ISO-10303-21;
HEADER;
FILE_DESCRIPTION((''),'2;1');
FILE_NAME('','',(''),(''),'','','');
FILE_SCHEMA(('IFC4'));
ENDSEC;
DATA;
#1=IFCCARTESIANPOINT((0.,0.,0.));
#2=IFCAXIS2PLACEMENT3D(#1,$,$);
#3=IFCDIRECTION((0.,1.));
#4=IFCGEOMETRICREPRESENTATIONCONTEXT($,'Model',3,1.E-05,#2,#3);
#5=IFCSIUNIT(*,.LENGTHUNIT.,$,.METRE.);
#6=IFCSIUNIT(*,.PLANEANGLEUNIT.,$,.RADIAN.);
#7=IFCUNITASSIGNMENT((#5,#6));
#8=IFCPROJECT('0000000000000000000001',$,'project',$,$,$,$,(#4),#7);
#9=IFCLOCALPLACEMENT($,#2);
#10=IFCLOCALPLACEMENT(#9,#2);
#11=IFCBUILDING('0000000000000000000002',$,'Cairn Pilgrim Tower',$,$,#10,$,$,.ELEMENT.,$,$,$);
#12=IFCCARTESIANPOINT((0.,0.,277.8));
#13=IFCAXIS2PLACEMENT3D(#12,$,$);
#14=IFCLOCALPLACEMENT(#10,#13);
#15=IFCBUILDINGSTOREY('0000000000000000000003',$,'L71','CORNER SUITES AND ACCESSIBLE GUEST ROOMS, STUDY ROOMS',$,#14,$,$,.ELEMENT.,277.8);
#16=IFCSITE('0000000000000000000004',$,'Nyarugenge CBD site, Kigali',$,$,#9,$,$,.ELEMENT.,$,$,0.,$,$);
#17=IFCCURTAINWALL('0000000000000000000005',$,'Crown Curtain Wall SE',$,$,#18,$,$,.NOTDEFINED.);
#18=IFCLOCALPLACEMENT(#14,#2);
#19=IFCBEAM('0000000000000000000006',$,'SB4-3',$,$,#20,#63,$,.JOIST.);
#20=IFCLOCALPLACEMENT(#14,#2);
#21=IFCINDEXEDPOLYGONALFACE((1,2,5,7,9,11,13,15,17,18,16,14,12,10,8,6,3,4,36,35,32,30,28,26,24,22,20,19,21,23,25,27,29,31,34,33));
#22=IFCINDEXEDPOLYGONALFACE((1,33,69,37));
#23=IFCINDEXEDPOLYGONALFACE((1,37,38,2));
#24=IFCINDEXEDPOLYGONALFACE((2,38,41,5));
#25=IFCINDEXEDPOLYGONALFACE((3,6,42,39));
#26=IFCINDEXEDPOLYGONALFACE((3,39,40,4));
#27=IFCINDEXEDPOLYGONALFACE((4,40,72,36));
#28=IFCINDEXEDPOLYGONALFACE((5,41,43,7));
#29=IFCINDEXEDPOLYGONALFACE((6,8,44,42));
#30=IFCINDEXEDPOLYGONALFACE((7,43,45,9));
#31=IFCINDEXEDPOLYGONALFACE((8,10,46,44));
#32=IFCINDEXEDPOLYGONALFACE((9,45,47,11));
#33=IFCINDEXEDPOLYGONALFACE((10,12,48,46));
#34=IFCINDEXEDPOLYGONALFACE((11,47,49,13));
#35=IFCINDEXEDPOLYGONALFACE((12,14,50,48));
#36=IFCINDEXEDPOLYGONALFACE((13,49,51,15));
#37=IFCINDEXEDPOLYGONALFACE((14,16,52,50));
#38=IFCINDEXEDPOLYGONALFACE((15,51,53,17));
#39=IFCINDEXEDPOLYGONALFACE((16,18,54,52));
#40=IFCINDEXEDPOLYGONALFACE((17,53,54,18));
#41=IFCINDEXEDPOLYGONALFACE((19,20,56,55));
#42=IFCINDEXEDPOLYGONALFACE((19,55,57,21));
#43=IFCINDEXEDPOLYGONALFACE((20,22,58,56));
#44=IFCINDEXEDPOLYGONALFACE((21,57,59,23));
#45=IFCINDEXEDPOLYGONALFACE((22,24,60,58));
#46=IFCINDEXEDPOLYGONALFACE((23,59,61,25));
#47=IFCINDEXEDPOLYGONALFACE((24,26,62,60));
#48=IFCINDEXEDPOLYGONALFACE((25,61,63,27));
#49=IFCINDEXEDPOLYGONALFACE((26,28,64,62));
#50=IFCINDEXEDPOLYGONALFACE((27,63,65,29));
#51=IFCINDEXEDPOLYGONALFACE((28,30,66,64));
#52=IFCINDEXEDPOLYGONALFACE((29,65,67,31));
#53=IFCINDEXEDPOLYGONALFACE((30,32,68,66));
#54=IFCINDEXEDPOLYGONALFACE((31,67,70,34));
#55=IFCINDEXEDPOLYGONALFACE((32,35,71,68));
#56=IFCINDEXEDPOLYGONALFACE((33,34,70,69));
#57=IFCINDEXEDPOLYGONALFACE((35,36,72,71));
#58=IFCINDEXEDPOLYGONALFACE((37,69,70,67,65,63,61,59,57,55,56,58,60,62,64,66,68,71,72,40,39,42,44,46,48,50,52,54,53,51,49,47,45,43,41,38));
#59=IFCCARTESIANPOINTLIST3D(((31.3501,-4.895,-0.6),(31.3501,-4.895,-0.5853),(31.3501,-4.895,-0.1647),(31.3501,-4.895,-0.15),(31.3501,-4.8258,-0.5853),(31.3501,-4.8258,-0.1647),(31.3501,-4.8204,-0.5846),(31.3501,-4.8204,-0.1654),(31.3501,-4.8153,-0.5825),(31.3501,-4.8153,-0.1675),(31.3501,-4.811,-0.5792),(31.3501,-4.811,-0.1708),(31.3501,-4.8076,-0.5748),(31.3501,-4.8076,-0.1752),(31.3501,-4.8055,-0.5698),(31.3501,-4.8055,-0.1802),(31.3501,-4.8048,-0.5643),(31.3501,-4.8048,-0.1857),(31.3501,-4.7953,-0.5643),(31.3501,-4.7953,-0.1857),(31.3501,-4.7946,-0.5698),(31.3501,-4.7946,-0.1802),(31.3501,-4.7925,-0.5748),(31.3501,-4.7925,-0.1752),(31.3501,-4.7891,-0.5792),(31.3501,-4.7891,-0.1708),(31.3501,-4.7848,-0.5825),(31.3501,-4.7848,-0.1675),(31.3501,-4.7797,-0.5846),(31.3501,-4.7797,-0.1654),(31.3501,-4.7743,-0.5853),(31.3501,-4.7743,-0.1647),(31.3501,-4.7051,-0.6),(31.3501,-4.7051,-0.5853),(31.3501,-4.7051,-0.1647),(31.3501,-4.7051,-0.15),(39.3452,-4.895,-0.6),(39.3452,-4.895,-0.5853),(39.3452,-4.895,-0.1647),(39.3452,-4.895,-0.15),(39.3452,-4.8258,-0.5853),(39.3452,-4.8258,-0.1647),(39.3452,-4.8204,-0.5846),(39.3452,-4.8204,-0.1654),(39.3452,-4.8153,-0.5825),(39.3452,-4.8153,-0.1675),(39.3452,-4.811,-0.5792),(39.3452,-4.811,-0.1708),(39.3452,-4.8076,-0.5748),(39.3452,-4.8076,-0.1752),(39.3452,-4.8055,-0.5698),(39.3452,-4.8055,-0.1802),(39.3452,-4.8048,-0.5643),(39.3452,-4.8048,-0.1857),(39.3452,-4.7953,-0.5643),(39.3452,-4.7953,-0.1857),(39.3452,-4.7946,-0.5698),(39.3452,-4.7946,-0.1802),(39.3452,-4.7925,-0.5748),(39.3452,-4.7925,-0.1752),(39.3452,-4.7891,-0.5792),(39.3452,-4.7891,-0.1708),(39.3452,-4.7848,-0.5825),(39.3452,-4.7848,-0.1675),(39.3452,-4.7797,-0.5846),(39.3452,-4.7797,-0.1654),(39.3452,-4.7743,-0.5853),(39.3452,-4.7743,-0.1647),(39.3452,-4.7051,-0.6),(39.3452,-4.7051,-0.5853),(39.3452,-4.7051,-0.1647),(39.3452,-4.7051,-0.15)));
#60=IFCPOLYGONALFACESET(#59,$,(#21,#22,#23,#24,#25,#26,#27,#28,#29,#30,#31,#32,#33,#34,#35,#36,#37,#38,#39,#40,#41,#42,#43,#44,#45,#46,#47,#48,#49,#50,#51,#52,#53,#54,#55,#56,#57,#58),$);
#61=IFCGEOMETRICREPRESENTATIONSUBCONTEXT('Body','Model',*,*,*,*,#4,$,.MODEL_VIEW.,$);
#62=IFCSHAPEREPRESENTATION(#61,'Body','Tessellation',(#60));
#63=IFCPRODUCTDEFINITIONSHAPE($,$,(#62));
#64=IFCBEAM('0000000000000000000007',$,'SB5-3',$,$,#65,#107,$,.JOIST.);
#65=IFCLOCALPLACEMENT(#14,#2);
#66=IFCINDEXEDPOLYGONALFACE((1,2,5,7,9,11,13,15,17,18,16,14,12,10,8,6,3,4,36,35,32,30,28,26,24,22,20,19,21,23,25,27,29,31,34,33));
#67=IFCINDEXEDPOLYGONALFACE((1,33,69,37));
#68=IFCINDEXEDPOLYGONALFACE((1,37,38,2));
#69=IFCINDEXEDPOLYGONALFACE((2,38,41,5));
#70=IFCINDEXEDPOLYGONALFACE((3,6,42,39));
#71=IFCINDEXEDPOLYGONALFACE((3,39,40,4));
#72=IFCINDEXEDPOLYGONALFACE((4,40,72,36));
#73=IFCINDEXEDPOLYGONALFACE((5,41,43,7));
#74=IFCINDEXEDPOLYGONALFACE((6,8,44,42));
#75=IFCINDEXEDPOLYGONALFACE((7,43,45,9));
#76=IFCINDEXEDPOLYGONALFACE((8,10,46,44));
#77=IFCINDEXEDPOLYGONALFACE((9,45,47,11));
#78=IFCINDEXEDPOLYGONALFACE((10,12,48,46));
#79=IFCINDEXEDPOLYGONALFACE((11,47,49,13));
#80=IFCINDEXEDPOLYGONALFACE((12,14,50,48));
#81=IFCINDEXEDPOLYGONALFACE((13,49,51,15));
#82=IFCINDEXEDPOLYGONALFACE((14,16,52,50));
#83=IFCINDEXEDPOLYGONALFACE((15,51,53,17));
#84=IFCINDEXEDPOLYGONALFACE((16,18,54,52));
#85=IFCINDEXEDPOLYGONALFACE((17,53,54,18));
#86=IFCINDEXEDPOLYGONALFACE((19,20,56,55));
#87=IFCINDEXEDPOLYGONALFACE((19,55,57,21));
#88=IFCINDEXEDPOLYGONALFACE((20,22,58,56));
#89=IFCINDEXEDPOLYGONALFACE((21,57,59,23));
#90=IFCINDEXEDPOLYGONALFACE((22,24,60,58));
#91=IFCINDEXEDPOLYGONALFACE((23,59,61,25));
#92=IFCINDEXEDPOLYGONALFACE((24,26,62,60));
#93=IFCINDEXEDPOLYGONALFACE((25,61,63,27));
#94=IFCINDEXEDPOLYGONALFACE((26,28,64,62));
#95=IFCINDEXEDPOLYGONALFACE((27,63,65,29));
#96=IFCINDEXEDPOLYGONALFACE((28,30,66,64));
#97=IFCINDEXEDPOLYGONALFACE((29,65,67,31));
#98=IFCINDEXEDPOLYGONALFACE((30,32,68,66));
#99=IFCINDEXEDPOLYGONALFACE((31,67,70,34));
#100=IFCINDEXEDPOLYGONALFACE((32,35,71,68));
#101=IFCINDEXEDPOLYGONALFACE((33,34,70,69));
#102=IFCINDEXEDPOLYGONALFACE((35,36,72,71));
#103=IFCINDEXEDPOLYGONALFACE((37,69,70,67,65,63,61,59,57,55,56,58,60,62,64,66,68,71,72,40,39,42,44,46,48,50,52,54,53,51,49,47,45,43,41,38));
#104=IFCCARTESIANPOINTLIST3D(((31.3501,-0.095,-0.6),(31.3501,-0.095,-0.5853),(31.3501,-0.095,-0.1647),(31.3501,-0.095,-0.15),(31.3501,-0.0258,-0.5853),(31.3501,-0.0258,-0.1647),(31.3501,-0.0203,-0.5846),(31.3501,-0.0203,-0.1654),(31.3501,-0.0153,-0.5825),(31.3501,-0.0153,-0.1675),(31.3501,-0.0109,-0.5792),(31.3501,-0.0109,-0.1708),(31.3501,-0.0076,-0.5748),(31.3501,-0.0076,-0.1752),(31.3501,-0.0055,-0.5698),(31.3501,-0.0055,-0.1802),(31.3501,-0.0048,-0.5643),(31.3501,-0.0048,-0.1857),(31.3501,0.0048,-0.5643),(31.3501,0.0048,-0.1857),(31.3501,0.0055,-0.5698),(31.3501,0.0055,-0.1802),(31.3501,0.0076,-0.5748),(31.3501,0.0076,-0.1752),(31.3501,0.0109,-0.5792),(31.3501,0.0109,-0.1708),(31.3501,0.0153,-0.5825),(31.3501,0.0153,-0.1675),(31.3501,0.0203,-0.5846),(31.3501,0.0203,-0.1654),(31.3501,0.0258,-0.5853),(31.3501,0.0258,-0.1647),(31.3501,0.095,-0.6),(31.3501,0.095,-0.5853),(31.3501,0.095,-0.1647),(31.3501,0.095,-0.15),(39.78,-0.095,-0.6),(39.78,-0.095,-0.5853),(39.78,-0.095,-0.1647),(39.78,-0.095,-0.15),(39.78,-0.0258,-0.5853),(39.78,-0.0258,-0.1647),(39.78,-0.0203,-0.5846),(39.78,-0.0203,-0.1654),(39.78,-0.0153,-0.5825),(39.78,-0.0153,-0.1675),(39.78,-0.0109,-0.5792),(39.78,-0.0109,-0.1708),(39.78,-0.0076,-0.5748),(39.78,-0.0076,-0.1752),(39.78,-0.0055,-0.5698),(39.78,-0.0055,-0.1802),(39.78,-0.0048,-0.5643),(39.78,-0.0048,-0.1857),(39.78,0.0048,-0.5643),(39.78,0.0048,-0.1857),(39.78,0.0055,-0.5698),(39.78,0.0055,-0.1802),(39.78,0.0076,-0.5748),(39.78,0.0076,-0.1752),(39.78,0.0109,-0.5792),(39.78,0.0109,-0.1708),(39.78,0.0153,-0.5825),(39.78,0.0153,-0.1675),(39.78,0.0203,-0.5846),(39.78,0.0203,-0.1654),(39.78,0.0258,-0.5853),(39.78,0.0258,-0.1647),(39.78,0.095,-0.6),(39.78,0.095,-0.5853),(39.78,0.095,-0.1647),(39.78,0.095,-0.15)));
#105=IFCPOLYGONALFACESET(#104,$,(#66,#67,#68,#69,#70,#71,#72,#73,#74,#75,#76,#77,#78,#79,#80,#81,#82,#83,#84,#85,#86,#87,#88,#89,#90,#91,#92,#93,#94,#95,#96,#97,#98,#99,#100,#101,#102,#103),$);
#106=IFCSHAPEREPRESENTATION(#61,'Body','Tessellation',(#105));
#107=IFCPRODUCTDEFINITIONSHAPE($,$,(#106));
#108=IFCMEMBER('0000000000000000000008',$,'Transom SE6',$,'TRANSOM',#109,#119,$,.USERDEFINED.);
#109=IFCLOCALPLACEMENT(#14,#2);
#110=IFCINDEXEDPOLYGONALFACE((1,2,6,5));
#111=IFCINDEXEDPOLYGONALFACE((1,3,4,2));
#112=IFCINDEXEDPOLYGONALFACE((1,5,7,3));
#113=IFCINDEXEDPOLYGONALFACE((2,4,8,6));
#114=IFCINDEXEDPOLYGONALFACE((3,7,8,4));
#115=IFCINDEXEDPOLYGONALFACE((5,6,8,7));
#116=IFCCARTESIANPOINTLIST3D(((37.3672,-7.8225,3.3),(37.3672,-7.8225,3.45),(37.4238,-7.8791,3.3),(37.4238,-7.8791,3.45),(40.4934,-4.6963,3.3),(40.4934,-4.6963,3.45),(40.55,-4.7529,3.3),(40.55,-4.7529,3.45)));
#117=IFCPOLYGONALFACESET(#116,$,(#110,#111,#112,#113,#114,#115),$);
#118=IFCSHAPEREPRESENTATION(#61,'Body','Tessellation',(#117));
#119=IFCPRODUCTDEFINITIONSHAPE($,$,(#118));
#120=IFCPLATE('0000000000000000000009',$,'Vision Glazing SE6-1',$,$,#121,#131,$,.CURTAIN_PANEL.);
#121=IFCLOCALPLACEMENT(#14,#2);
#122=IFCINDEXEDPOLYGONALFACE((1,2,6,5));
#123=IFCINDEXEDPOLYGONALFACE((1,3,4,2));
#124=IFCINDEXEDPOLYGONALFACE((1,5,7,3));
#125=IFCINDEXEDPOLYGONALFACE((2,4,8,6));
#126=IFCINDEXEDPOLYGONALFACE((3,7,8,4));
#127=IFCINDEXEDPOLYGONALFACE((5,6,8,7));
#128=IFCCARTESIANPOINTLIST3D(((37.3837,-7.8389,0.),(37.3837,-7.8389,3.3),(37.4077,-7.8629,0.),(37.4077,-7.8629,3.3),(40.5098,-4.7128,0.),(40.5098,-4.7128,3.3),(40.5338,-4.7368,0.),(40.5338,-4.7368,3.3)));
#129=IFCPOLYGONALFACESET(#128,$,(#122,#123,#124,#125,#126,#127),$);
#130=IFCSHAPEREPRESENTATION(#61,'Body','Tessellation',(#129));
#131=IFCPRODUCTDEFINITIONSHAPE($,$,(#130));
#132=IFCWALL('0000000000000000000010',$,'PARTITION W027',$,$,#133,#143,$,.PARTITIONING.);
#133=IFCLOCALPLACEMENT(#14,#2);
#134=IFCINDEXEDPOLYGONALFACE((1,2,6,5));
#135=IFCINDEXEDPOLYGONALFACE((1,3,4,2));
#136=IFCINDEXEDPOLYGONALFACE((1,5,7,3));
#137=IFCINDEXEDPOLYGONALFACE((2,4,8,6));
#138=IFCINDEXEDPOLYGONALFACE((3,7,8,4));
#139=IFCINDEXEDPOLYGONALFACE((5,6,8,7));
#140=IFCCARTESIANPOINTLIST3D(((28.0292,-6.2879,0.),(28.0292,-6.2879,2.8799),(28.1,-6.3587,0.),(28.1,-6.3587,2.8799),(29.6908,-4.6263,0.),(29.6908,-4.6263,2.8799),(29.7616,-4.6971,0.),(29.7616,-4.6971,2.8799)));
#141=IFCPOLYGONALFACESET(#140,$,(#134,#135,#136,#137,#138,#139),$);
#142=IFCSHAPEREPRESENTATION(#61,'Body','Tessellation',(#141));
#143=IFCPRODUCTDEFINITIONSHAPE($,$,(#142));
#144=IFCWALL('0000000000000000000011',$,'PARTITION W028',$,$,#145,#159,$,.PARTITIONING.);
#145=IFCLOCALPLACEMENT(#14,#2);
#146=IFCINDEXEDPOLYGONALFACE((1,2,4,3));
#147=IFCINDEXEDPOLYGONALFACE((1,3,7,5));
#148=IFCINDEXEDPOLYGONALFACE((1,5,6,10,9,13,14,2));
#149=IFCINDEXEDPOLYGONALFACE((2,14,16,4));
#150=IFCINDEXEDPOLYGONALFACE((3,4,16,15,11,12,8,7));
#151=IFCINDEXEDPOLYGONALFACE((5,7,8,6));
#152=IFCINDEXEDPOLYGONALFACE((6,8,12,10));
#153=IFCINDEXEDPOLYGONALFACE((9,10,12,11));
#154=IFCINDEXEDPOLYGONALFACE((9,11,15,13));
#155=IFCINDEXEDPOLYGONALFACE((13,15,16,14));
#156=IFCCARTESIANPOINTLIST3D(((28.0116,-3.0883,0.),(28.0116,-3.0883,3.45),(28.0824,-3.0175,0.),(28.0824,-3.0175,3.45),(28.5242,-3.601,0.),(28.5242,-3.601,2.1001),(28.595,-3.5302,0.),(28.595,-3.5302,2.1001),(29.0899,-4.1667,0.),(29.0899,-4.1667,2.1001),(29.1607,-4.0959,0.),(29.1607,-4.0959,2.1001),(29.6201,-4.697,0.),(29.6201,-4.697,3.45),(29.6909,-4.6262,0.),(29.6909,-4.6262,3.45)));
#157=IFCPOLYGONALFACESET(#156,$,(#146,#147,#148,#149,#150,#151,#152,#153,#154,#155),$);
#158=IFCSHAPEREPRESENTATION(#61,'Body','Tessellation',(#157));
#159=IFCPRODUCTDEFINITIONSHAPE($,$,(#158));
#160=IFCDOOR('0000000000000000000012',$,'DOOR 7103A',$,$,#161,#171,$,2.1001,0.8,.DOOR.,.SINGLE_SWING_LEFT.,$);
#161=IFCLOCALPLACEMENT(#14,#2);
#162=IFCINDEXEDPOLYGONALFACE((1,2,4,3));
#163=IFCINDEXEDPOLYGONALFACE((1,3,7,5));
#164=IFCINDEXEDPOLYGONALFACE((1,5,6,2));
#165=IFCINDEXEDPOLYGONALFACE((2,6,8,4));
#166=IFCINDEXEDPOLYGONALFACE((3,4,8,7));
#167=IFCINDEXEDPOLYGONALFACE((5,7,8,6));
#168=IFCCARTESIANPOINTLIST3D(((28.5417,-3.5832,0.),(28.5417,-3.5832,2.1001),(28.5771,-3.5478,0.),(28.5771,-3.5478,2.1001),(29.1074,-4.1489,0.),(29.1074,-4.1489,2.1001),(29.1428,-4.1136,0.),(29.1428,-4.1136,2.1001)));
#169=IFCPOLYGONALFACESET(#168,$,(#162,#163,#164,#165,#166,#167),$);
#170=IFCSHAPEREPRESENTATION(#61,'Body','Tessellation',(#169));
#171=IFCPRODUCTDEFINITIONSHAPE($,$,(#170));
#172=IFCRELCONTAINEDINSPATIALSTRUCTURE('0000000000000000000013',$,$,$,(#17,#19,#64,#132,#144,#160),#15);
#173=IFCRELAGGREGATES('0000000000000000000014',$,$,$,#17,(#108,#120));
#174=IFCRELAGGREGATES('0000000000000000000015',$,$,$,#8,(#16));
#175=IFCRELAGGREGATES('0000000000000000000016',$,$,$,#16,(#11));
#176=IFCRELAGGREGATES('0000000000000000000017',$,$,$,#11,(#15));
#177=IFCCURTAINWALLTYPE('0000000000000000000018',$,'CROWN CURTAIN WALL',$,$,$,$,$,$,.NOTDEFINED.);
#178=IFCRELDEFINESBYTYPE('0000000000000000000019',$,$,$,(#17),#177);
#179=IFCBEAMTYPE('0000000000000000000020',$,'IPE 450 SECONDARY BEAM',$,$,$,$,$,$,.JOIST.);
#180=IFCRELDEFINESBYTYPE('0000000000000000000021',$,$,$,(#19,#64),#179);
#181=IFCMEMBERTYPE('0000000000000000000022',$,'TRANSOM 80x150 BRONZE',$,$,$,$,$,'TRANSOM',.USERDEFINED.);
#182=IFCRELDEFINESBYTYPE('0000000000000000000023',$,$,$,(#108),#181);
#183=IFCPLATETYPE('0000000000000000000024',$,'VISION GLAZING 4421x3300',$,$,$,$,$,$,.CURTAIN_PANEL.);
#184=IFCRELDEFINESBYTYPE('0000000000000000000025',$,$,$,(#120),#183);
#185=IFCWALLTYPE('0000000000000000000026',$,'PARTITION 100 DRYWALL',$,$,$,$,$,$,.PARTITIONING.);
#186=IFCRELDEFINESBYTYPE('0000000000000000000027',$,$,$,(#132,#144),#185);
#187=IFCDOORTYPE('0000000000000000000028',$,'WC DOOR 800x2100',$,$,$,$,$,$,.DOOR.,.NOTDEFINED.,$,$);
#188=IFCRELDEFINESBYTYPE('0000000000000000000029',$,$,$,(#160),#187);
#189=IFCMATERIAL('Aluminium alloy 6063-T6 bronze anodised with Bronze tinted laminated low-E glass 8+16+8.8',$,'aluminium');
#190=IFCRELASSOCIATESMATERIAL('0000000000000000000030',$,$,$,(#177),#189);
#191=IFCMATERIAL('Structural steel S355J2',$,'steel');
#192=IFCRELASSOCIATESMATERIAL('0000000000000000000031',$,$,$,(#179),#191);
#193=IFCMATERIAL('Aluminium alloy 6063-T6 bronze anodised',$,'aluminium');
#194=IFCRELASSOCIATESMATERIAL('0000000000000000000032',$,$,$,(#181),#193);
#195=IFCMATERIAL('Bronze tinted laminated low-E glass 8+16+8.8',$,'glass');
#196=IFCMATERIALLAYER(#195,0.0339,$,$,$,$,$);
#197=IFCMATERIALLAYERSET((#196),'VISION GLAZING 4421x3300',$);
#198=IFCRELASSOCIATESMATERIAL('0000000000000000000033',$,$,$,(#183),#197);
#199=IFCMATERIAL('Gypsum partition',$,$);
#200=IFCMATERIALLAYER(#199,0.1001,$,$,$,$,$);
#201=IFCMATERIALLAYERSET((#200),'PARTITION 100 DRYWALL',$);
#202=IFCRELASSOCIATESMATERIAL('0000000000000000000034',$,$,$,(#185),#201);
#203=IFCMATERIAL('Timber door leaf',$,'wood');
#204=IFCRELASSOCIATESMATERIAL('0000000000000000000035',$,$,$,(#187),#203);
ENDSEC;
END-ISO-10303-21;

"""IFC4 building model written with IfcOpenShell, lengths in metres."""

from ifc_helpers import new_model, si_unit, direction, frame, frame_2d, origin, origin_2d, place, context, subcontext, project, spatial, rectangle, i_section, extrude, material, layer, layer_set, material_profile, profile_set, type_object, element, fill, aggregate, save


model = new_model("IFC4")

# Units and contexts
model_context = context("Model", 3, precision=1e-05, world=origin(), true_north=direction((0.0, 1.0)))
body_context = subcontext(model_context, "Body", "Model", "MODEL_VIEW")
ifc_project = project(units=[si_unit("LENGTHUNIT", "METRE"), si_unit("PLANEANGLEUNIT", "RADIAN")], contexts=[model_context])

# Site, building, storey
site_placement = place(None, origin())
site = spatial("IfcSite", under=ifc_project, at=site_placement, Name="Nyarugenge CBD site, Kigali", CompositionType="ELEMENT", RefElevation=0.0)
building_placement = place(site_placement, origin())
building = spatial("IfcBuilding", under=site, at=building_placement, Name="Cairn Pilgrim Tower", CompositionType="ELEMENT")
storey_placement = place(building_placement, frame((0.0, 0.0, 277.8)))
storey = spatial("IfcBuildingStorey", under=building, at=storey_placement, Name="L71", Description="CORNER SUITES AND ACCESSIBLE GUEST ROOMS, STUDY ROOMS", CompositionType="ELEMENT", Elevation=277.8)

# Shared definitions
ifc_material_1 = material(Name="Structural steel S355J2", Category="steel")

# Curtain wall
ifc_material_2 = material(Name="Aluminium alloy 6063-T6 bronze anodised with Bronze tinted laminated low-E glass 8+16+8.8", Category="aluminium")
curtain_wall_type = type_object("IfcCurtainWallType", Name="CROWN CURTAIN WALL", PredefinedType="NOTDEFINED", material=ifc_material_2)
curtain_wall_1_placement = place(storey_placement, origin())
curtain_wall_1 = element("IfcCurtainWall", 1, at=curtain_wall_1_placement, inside=storey, type_object=curtain_wall_type, Name="Crown Curtain Wall SE", PredefinedType="NOTDEFINED")
ifc_material_3 = material(Name="Aluminium alloy 6063-T6 bronze anodised", Category="aluminium")

# Beams
ifc_material_profile_1 = material_profile(ifc_material_1, i_section(OverallWidth=0.1899, OverallDepth=0.45, WebThickness=0.0095, FlangeThickness=0.0146, FilletRadius=0.021, at=origin_2d()), Name="IPE 450")
ifc_profile_set_1 = profile_set([ifc_material_profile_1], Name="Structural steel S355J2")
beam_type_1 = type_object("IfcBeamType", Name="IPE 450 SECONDARY BEAM", PredefinedType="JOIST", material=ifc_profile_set_1)
beam_1_placement = place(storey_placement, frame((31.3501, -4.8, -0.375), z_axis=(1.0, 0.0, 0.0), x_axis=(0.0, 1.0, 0.0)))
element("IfcBeam", 2, at=beam_1_placement, inside=storey, type_object=beam_type_1, Name="SB4-3", PredefinedType="JOIST", context=body_context, shape_type="SweptSolid", body=[
    extrude(i_section(OverallWidth=0.1899, OverallDepth=0.45, WebThickness=0.0095, FlangeThickness=0.0146, FilletRadius=0.021, at=origin_2d()), origin(), (0.0, 0.0, 1.0), 7.9951),
])
beam_2_placement = place(storey_placement, frame((31.3501, 0.0, -0.375), z_axis=(1.0, 0.0, 0.0), x_axis=(0.0, 1.0, 0.0)))
element("IfcBeam", 3, at=beam_2_placement, inside=storey, type_object=beam_type_1, Name="SB5-3", PredefinedType="JOIST", context=body_context, shape_type="SweptSolid", body=[
    extrude(i_section(OverallWidth=0.1899, OverallDepth=0.45, WebThickness=0.0095, FlangeThickness=0.0146, FilletRadius=0.021, at=origin_2d()), origin(), (0.0, 0.0, 1.0), 8.4299),
])

# Member
ifc_material_profile_2 = material_profile(ifc_material_3, rectangle(XDim=0.0801, YDim=0.1499, at=origin_2d()), Name="TRANSOM 80x150 BRONZE")
ifc_profile_set_2 = profile_set([ifc_material_profile_2], Name="Aluminium alloy 6063-T6 bronze anodised")
member_type_1 = type_object("IfcMemberType", Name="TRANSOM 80x150 BRONZE", ElementType="TRANSOM", PredefinedType="USERDEFINED", material=ifc_profile_set_2)
member_1_placement = place(storey_placement, frame((37.3955, -7.8508, 3.375), z_axis=(0.707107, 0.707107, 0.0), x_axis=(-0.707107, 0.707107, 0.0)))
member_1 = element("IfcMember", 4, at=member_1_placement, type_object=member_type_1, Name="Transom SE6", ObjectType="TRANSOM", PredefinedType="USERDEFINED", context=body_context, shape_type="SweptSolid", body=[
    extrude(rectangle(XDim=0.0801, YDim=0.1499, at=origin_2d()), origin(), (0.0, 0.0, 1.0), 4.4211),
])

# Plate
ifc_material_4 = material(Name="Bronze tinted laminated low-E glass 8+16+8.8", Category="glass")
ifc_layer_1 = layer(ifc_material_4, 0.0339)
ifc_layer_set_1 = layer_set([ifc_layer_1], Name="VISION GLAZING 4421x3300")
plate_type = type_object("IfcPlateType", Name="VISION GLAZING 4421x3300", PredefinedType="CURTAIN_PANEL", material=ifc_layer_set_1)
plate_placement = place(storey_placement, frame((38.9587, -6.2878, 0.0), z_axis=(0.0, 0.0, 1.0), x_axis=(0.707107, 0.707107, 0.0)))
plate = element("IfcPlate", 5, at=plate_placement, type_object=plate_type, Name="Vision Glazing SE6-1", PredefinedType="CURTAIN_PANEL", context=body_context, shape_type="SweptSolid", body=[
    extrude(rectangle(XDim=4.4209, YDim=0.0339, at=origin_2d()), origin(), (0.0, 0.0, 1.0), 3.3),
])
aggregate(curtain_wall_1, [member_1, plate])

# Wall
ifc_material_5 = material(Name="Gypsum partition")
ifc_layer_2 = layer(ifc_material_5, 0.1001)
ifc_layer_set_2 = layer_set([ifc_layer_2], Name="PARTITION 100 DRYWALL")
wall_type_1 = type_object("IfcWallType", Name="PARTITION 100 DRYWALL", PredefinedType="PARTITIONING", material=ifc_layer_set_2)
wall_1_placement = place(storey_placement, frame((28.0647, -6.3232, 0.0), z_axis=(0.0, 0.0, 1.0), x_axis=(0.707107, 0.707107, 0.0)))
element("IfcWall", 6, at=wall_1_placement, inside=storey, type_object=wall_type_1, Name="PARTITION W027", PredefinedType="PARTITIONING", context=body_context, shape_type="SweptSolid", body=[
    extrude(rectangle(XDim=2.3499, YDim=0.1001, at=frame_2d((1.1748, 0.0))), origin(), (0.0, 0.0, 1.0), 2.8799),
])

# Wall, opening, door
wall_2_placement = place(storey_placement, frame((29.6555, -4.6616, 0.0), z_axis=(0.0, 0.0, 1.0), x_axis=(-0.707053, 0.70716, 0.0)))
wall_2 = element("IfcWall", 7, at=wall_2_placement, inside=storey, type_object=wall_type_1, Name="PARTITION W028", PredefinedType="PARTITIONING", context=body_context, shape_type="SweptSolid", body=[
    extrude(rectangle(XDim=2.2749, YDim=0.1001, at=frame_2d((1.1375, 0.0))), origin(), (0.0, 0.0, 1.0), 3.45),
])
opening_1_placement = place(wall_2_placement, frame((0.75, 0.0, 0.0)))
opening_1 = element("IfcOpeningElement", 8, at=opening_1_placement, cuts=wall_2, PredefinedType="OPENING", context=body_context, shape_type="SweptSolid", body=[
    extrude(rectangle(XDim=0.8, YDim=2.1001, at=frame_2d((0.3999, 1.05))), frame((0.0, 0.0601, 0.0), z_axis=(0.0, -1.0, 0.0), x_axis=(1.0, 0.0, 0.0)), (0.0, 0.0, 1.0), 0.1201),
])
ifc_material_6 = material(Name="Timber door leaf", Category="wood")
door_type_1 = type_object("IfcDoorType", Name="WC DOOR 800x2100", OperationType="NOTDEFINED", PredefinedType="DOOR", material=ifc_material_6)
door_1_placement = place(opening_1_placement, frame((0.8, 0.0, 0.0), z_axis=(0.0, 0.0, 1.0), x_axis=(-1.0, 0.0, 0.0)))
door_1 = element("IfcDoor", 9, at=door_1_placement, inside=storey, type_object=door_type_1, Name="DOOR 7103A", OperationType="SINGLE_SWING_LEFT", OverallHeight=2.1001, OverallWidth=0.8, PredefinedType="DOOR", context=body_context, shape_type="SweptSolid", body=[
    extrude(rectangle(XDim=0.8, YDim=2.1001, at=frame_2d((0.3999, 1.05))), frame((0.0, 0.0249, 0.0), z_axis=(0.0, -1.0, 0.0), x_axis=(1.0, 0.0, 0.0)), (0.0, 0.0, 1.0), 0.05),
])
fill(opening_1, door_1)

save(model, "model.ifc")
